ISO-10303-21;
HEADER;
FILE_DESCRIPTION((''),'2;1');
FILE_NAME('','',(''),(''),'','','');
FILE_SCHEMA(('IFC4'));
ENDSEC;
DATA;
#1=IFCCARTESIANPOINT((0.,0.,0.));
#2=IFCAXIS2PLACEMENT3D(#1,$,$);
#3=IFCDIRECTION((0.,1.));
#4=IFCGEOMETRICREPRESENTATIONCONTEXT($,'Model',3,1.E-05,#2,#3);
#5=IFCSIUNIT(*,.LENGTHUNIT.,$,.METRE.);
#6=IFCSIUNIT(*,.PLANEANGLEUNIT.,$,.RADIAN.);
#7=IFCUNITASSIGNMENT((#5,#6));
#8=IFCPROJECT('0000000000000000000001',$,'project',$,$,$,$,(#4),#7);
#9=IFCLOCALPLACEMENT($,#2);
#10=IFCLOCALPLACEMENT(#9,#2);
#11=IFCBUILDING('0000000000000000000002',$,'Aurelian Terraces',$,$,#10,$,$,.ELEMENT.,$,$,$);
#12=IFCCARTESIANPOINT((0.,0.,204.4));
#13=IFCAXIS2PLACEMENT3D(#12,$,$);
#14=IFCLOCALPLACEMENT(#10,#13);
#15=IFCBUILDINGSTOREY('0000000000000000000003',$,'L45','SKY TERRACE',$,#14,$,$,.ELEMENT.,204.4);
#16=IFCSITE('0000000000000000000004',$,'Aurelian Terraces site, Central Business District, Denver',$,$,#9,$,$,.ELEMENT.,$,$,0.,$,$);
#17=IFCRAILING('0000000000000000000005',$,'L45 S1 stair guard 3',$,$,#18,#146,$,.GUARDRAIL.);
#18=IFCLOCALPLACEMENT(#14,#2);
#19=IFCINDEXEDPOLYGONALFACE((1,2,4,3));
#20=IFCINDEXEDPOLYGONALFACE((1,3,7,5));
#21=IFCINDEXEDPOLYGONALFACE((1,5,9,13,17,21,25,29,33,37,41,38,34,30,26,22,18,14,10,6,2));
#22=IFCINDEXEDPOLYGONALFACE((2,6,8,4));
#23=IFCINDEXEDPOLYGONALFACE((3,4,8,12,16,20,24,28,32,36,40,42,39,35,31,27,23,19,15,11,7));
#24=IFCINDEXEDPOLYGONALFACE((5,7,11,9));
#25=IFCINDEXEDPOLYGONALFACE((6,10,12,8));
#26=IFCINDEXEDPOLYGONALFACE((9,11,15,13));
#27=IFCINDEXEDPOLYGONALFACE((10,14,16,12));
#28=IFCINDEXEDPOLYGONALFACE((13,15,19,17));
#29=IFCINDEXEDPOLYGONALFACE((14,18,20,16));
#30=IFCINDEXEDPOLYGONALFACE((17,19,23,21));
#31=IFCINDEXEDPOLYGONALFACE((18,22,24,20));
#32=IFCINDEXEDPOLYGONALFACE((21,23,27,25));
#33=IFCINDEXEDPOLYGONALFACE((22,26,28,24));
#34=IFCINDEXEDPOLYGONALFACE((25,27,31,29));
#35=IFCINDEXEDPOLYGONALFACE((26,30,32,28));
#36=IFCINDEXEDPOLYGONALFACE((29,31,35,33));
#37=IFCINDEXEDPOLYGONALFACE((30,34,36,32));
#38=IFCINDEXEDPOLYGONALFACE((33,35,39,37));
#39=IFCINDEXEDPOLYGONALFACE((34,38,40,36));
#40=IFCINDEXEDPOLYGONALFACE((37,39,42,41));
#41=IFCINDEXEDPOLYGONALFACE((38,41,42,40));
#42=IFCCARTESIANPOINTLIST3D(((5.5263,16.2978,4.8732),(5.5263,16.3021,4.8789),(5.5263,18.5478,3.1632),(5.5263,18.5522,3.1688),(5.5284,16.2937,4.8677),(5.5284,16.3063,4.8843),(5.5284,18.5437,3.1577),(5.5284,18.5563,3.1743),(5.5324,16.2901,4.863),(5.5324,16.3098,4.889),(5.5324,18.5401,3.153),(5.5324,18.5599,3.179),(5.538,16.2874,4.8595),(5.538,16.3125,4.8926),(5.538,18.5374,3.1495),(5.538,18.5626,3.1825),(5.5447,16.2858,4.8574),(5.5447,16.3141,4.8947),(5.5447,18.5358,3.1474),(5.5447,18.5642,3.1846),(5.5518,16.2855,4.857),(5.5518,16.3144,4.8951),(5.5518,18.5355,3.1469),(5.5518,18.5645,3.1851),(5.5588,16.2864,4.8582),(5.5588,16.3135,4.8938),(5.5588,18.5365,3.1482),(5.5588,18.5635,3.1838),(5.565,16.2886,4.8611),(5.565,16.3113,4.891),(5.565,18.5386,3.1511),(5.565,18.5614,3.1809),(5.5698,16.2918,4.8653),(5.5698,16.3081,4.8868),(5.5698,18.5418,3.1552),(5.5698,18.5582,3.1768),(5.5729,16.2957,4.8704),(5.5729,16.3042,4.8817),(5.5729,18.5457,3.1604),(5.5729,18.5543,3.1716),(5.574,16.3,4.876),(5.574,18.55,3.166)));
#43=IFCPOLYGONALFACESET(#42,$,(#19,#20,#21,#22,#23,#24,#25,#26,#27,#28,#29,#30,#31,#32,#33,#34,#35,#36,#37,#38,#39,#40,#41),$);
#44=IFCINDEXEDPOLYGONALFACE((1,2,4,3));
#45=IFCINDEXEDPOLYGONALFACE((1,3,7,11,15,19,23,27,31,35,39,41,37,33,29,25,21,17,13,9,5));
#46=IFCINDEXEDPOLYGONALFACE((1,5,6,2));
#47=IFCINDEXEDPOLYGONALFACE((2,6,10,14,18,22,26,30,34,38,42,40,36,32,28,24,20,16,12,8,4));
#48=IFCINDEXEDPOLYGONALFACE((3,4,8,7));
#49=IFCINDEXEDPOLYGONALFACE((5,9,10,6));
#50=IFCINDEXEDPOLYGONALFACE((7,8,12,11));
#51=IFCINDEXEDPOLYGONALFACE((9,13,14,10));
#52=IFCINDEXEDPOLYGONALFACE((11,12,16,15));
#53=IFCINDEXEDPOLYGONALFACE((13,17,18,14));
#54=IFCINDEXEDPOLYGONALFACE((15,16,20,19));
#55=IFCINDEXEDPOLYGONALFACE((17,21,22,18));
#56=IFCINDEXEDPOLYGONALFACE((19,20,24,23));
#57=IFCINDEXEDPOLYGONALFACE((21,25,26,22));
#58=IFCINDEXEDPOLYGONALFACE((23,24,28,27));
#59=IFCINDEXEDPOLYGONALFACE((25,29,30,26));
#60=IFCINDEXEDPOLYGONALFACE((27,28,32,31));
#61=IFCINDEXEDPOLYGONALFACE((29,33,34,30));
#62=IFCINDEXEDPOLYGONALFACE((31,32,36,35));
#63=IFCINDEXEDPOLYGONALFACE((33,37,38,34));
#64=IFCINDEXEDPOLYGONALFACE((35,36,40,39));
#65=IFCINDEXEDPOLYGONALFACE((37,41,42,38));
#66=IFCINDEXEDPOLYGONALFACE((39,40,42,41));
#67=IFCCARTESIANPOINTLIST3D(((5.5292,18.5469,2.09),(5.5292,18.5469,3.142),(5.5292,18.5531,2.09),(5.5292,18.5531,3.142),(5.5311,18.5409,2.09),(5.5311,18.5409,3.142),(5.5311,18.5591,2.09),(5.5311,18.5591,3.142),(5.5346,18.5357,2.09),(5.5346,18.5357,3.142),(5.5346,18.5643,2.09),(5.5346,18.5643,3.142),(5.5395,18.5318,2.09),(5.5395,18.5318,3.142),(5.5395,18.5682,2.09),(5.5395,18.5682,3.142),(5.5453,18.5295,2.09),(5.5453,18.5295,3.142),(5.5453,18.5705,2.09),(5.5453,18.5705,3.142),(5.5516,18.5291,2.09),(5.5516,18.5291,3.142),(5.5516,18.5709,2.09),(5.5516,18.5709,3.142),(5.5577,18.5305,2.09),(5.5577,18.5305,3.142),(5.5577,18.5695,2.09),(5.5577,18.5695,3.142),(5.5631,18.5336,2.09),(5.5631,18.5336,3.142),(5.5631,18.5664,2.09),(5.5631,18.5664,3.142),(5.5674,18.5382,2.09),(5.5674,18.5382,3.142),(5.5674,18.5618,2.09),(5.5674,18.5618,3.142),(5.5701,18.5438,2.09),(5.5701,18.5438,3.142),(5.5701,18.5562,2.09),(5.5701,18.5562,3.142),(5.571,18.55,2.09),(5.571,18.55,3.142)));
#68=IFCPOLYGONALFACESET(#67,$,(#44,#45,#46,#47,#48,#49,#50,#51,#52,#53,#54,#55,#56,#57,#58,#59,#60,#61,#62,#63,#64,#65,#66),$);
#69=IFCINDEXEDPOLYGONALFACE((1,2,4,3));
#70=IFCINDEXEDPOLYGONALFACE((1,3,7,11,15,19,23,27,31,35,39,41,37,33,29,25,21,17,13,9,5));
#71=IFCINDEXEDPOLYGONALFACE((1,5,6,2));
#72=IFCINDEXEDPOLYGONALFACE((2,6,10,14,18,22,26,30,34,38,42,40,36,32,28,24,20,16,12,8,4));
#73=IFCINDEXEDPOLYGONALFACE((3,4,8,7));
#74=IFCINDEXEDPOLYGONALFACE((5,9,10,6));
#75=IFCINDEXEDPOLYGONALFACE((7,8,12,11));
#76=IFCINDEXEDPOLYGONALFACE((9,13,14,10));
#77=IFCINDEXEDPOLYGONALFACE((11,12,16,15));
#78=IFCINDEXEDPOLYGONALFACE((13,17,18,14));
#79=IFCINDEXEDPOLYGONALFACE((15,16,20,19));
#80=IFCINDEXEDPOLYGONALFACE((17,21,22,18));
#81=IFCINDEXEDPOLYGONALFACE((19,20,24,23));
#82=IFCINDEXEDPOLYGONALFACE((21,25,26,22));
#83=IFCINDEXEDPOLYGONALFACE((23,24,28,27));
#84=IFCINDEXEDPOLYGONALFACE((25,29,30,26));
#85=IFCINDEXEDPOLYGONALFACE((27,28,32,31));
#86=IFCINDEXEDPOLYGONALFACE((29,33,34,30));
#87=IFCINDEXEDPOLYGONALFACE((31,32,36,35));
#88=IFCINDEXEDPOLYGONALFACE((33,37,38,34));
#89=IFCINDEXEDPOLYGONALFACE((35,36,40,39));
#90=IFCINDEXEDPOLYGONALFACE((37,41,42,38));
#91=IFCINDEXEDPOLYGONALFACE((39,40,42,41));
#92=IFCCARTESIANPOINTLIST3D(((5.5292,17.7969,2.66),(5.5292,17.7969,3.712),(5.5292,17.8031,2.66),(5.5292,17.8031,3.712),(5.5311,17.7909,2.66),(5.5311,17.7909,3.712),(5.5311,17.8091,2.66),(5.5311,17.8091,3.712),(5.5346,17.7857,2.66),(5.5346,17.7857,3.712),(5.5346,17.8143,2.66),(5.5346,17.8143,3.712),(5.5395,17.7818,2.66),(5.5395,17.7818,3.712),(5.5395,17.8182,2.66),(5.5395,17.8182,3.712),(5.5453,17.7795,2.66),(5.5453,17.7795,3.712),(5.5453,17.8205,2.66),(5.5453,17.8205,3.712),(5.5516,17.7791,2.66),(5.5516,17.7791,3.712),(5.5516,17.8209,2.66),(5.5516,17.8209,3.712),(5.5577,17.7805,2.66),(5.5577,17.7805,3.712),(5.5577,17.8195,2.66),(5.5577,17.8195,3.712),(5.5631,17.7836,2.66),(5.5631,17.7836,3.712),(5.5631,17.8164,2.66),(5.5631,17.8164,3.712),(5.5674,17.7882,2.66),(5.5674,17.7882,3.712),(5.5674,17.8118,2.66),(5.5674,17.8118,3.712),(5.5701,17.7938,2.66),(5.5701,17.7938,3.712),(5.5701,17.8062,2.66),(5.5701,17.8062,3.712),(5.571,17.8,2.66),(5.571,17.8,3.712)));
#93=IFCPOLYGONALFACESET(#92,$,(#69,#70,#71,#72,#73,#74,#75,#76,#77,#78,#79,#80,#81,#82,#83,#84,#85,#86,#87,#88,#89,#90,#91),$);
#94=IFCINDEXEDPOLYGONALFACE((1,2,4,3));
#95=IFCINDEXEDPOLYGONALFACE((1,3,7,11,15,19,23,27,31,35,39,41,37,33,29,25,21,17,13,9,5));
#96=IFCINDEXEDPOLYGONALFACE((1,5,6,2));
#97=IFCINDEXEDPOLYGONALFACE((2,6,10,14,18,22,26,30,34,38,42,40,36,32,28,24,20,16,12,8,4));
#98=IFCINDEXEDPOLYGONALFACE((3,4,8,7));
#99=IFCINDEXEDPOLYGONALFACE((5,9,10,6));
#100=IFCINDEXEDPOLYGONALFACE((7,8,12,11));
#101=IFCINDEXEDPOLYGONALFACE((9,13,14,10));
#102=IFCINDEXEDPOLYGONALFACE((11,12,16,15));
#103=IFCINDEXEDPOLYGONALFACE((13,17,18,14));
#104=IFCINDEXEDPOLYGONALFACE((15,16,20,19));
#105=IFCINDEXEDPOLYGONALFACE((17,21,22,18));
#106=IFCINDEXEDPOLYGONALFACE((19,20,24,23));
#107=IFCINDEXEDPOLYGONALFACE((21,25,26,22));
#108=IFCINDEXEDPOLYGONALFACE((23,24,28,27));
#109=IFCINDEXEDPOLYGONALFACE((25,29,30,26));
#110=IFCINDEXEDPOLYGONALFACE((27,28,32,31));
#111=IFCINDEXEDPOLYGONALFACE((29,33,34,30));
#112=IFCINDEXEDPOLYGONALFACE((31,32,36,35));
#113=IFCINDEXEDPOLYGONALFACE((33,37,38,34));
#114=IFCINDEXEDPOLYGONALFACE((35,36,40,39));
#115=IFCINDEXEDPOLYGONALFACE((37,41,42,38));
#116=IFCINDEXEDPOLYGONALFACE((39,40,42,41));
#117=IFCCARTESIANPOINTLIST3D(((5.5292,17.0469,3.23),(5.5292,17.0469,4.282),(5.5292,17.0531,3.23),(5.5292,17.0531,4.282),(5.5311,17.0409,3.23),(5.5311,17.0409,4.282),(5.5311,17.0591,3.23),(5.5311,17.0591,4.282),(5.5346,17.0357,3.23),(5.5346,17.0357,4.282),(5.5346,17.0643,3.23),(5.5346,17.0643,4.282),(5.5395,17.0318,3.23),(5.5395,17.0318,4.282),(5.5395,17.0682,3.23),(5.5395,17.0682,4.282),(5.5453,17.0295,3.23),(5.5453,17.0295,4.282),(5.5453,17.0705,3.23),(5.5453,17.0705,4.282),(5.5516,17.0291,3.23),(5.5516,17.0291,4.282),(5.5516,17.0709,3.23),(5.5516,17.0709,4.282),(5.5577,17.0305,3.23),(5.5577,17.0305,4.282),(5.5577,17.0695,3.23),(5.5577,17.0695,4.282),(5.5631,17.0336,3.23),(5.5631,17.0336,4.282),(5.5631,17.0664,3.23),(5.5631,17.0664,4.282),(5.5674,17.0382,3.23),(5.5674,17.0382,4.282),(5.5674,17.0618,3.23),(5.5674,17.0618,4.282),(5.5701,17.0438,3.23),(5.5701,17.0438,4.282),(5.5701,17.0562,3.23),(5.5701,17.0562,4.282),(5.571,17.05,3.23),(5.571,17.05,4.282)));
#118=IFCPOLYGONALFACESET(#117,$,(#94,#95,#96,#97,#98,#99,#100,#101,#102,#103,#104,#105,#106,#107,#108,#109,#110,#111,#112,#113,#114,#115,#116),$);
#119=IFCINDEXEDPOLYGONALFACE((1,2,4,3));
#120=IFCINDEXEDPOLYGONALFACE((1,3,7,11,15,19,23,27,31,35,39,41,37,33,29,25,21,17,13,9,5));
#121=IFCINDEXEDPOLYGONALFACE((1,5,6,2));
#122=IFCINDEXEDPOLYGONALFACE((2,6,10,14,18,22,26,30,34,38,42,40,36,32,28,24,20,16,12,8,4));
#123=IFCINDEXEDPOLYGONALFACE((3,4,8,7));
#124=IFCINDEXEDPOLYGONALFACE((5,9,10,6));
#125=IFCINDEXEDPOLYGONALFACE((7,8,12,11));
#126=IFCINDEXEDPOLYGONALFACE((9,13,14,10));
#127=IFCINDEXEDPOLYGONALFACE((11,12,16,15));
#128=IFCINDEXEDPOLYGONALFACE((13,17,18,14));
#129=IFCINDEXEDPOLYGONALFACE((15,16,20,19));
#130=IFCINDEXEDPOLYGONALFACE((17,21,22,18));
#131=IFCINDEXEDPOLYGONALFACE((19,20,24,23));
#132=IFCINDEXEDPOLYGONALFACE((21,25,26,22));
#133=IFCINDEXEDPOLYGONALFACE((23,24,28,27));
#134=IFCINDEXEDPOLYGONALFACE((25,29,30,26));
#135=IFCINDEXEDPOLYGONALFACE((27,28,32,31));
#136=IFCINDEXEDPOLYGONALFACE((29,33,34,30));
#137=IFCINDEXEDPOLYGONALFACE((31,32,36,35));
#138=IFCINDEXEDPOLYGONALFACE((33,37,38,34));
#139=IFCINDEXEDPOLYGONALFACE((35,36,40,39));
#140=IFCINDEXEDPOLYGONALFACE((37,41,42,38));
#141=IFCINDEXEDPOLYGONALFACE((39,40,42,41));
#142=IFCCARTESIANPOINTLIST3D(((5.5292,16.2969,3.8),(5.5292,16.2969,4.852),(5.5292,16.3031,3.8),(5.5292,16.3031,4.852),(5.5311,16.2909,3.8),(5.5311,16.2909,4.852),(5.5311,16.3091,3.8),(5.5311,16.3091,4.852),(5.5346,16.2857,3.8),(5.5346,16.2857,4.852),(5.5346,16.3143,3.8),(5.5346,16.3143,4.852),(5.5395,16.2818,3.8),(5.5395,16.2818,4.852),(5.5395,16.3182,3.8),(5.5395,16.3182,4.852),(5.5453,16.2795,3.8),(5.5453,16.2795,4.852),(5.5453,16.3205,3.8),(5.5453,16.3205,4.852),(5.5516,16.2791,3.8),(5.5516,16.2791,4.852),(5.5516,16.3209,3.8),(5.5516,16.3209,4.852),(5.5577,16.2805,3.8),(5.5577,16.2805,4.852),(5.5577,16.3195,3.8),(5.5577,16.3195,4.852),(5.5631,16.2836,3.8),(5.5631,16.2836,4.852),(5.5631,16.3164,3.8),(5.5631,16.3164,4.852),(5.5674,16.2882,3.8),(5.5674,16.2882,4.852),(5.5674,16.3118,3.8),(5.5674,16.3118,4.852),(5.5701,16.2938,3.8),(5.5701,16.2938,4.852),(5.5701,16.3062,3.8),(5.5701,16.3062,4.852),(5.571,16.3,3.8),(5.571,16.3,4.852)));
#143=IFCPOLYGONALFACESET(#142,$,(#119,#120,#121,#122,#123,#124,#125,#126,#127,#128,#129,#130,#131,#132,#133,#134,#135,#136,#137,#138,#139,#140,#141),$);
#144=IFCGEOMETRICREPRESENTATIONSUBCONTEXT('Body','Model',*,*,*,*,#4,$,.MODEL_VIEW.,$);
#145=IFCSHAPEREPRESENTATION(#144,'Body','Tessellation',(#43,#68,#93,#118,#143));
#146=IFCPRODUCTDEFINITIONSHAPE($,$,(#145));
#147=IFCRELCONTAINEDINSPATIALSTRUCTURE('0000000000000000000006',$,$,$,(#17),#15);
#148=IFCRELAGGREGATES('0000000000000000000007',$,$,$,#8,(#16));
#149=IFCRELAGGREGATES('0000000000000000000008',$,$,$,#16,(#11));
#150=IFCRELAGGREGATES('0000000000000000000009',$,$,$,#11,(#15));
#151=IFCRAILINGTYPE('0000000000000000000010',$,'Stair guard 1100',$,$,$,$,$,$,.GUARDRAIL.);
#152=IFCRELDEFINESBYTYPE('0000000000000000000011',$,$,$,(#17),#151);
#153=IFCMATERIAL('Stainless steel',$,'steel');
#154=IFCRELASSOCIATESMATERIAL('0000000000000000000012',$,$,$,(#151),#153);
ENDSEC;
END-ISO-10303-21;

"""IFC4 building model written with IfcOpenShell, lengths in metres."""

from ifc_helpers import new_model, si_unit, direction, frame, origin, origin_2d, place, context, subcontext, project, spatial, circle, extrude, source, transform, mapped, material, type_object, element, save


model = new_model("IFC4")

# Units and contexts
model_context = context("Model", 3, precision=1e-05, world=origin(), true_north=direction((0.0, 1.0)))
body_context = subcontext(model_context, "Body", "Model", "MODEL_VIEW")
ifc_project = project(units=[si_unit("LENGTHUNIT", "METRE"), si_unit("PLANEANGLEUNIT", "RADIAN")], contexts=[model_context])

# Site, building, storey
site_placement = place(None, origin())
site = spatial("IfcSite", under=ifc_project, at=site_placement, Name="Aurelian Terraces site, Central Business District, Denver", CompositionType="ELEMENT", RefElevation=0.0)
building_placement = place(site_placement, origin())
building = spatial("IfcBuilding", under=site, at=building_placement, Name="Aurelian Terraces", CompositionType="ELEMENT")
storey_placement = place(building_placement, frame((0.0, 0.0, 204.4)))
storey = spatial("IfcBuildingStorey", under=building, at=storey_placement, Name="L45", Description="SKY TERRACE", CompositionType="ELEMENT", Elevation=204.4)

# Shared definitions
ifc_material_1 = material(Name="Stainless steel", Category="steel")

# Railing
railing_type_1 = type_object("IfcRailingType", Name="Stair guard 1100", PredefinedType="GUARDRAIL", material=ifc_material_1)
shared_shape_1 = source(origin(), body_context, "Body", "SweptSolid", [
    extrude(circle(Radius=0.024, at=origin_2d()), frame((0.0, 0.0, 1.076), z_axis=(0.0, -0.796162, 0.605083), x_axis=(1.0, 0.0, 0.0)), (0.0, 0.0, 1.0), 2.8261),
    extrude(circle(Radius=0.021, at=origin_2d()), origin(), (0.0, 0.0, 1.0), 1.052),
    extrude(circle(Radius=0.021, at=origin_2d()), frame((0.0, -0.75, 0.57)), (0.0, 0.0, 1.0), 1.052),
    extrude(circle(Radius=0.021, at=origin_2d()), frame((0.0, -1.5, 1.14)), (0.0, 0.0, 1.0), 1.052),
    extrude(circle(Radius=0.021, at=origin_2d()), frame((0.0, -2.25, 1.71)), (0.0, 0.0, 1.0), 1.052),
])
railing_1_placement = place(storey_placement, frame((5.55, 18.55, 2.09)))
element("IfcRailing", 1, at=railing_1_placement, inside=storey, type_object=railing_type_1, Name="L45 S1 stair guard 3", PredefinedType="GUARDRAIL", context=body_context, shape_type="MappedRepresentation", body=[
    mapped(shared_shape_1, transform((0.0, 0.0, 0.0), scale=1.0)),
])

save(model, "model.ifc")
